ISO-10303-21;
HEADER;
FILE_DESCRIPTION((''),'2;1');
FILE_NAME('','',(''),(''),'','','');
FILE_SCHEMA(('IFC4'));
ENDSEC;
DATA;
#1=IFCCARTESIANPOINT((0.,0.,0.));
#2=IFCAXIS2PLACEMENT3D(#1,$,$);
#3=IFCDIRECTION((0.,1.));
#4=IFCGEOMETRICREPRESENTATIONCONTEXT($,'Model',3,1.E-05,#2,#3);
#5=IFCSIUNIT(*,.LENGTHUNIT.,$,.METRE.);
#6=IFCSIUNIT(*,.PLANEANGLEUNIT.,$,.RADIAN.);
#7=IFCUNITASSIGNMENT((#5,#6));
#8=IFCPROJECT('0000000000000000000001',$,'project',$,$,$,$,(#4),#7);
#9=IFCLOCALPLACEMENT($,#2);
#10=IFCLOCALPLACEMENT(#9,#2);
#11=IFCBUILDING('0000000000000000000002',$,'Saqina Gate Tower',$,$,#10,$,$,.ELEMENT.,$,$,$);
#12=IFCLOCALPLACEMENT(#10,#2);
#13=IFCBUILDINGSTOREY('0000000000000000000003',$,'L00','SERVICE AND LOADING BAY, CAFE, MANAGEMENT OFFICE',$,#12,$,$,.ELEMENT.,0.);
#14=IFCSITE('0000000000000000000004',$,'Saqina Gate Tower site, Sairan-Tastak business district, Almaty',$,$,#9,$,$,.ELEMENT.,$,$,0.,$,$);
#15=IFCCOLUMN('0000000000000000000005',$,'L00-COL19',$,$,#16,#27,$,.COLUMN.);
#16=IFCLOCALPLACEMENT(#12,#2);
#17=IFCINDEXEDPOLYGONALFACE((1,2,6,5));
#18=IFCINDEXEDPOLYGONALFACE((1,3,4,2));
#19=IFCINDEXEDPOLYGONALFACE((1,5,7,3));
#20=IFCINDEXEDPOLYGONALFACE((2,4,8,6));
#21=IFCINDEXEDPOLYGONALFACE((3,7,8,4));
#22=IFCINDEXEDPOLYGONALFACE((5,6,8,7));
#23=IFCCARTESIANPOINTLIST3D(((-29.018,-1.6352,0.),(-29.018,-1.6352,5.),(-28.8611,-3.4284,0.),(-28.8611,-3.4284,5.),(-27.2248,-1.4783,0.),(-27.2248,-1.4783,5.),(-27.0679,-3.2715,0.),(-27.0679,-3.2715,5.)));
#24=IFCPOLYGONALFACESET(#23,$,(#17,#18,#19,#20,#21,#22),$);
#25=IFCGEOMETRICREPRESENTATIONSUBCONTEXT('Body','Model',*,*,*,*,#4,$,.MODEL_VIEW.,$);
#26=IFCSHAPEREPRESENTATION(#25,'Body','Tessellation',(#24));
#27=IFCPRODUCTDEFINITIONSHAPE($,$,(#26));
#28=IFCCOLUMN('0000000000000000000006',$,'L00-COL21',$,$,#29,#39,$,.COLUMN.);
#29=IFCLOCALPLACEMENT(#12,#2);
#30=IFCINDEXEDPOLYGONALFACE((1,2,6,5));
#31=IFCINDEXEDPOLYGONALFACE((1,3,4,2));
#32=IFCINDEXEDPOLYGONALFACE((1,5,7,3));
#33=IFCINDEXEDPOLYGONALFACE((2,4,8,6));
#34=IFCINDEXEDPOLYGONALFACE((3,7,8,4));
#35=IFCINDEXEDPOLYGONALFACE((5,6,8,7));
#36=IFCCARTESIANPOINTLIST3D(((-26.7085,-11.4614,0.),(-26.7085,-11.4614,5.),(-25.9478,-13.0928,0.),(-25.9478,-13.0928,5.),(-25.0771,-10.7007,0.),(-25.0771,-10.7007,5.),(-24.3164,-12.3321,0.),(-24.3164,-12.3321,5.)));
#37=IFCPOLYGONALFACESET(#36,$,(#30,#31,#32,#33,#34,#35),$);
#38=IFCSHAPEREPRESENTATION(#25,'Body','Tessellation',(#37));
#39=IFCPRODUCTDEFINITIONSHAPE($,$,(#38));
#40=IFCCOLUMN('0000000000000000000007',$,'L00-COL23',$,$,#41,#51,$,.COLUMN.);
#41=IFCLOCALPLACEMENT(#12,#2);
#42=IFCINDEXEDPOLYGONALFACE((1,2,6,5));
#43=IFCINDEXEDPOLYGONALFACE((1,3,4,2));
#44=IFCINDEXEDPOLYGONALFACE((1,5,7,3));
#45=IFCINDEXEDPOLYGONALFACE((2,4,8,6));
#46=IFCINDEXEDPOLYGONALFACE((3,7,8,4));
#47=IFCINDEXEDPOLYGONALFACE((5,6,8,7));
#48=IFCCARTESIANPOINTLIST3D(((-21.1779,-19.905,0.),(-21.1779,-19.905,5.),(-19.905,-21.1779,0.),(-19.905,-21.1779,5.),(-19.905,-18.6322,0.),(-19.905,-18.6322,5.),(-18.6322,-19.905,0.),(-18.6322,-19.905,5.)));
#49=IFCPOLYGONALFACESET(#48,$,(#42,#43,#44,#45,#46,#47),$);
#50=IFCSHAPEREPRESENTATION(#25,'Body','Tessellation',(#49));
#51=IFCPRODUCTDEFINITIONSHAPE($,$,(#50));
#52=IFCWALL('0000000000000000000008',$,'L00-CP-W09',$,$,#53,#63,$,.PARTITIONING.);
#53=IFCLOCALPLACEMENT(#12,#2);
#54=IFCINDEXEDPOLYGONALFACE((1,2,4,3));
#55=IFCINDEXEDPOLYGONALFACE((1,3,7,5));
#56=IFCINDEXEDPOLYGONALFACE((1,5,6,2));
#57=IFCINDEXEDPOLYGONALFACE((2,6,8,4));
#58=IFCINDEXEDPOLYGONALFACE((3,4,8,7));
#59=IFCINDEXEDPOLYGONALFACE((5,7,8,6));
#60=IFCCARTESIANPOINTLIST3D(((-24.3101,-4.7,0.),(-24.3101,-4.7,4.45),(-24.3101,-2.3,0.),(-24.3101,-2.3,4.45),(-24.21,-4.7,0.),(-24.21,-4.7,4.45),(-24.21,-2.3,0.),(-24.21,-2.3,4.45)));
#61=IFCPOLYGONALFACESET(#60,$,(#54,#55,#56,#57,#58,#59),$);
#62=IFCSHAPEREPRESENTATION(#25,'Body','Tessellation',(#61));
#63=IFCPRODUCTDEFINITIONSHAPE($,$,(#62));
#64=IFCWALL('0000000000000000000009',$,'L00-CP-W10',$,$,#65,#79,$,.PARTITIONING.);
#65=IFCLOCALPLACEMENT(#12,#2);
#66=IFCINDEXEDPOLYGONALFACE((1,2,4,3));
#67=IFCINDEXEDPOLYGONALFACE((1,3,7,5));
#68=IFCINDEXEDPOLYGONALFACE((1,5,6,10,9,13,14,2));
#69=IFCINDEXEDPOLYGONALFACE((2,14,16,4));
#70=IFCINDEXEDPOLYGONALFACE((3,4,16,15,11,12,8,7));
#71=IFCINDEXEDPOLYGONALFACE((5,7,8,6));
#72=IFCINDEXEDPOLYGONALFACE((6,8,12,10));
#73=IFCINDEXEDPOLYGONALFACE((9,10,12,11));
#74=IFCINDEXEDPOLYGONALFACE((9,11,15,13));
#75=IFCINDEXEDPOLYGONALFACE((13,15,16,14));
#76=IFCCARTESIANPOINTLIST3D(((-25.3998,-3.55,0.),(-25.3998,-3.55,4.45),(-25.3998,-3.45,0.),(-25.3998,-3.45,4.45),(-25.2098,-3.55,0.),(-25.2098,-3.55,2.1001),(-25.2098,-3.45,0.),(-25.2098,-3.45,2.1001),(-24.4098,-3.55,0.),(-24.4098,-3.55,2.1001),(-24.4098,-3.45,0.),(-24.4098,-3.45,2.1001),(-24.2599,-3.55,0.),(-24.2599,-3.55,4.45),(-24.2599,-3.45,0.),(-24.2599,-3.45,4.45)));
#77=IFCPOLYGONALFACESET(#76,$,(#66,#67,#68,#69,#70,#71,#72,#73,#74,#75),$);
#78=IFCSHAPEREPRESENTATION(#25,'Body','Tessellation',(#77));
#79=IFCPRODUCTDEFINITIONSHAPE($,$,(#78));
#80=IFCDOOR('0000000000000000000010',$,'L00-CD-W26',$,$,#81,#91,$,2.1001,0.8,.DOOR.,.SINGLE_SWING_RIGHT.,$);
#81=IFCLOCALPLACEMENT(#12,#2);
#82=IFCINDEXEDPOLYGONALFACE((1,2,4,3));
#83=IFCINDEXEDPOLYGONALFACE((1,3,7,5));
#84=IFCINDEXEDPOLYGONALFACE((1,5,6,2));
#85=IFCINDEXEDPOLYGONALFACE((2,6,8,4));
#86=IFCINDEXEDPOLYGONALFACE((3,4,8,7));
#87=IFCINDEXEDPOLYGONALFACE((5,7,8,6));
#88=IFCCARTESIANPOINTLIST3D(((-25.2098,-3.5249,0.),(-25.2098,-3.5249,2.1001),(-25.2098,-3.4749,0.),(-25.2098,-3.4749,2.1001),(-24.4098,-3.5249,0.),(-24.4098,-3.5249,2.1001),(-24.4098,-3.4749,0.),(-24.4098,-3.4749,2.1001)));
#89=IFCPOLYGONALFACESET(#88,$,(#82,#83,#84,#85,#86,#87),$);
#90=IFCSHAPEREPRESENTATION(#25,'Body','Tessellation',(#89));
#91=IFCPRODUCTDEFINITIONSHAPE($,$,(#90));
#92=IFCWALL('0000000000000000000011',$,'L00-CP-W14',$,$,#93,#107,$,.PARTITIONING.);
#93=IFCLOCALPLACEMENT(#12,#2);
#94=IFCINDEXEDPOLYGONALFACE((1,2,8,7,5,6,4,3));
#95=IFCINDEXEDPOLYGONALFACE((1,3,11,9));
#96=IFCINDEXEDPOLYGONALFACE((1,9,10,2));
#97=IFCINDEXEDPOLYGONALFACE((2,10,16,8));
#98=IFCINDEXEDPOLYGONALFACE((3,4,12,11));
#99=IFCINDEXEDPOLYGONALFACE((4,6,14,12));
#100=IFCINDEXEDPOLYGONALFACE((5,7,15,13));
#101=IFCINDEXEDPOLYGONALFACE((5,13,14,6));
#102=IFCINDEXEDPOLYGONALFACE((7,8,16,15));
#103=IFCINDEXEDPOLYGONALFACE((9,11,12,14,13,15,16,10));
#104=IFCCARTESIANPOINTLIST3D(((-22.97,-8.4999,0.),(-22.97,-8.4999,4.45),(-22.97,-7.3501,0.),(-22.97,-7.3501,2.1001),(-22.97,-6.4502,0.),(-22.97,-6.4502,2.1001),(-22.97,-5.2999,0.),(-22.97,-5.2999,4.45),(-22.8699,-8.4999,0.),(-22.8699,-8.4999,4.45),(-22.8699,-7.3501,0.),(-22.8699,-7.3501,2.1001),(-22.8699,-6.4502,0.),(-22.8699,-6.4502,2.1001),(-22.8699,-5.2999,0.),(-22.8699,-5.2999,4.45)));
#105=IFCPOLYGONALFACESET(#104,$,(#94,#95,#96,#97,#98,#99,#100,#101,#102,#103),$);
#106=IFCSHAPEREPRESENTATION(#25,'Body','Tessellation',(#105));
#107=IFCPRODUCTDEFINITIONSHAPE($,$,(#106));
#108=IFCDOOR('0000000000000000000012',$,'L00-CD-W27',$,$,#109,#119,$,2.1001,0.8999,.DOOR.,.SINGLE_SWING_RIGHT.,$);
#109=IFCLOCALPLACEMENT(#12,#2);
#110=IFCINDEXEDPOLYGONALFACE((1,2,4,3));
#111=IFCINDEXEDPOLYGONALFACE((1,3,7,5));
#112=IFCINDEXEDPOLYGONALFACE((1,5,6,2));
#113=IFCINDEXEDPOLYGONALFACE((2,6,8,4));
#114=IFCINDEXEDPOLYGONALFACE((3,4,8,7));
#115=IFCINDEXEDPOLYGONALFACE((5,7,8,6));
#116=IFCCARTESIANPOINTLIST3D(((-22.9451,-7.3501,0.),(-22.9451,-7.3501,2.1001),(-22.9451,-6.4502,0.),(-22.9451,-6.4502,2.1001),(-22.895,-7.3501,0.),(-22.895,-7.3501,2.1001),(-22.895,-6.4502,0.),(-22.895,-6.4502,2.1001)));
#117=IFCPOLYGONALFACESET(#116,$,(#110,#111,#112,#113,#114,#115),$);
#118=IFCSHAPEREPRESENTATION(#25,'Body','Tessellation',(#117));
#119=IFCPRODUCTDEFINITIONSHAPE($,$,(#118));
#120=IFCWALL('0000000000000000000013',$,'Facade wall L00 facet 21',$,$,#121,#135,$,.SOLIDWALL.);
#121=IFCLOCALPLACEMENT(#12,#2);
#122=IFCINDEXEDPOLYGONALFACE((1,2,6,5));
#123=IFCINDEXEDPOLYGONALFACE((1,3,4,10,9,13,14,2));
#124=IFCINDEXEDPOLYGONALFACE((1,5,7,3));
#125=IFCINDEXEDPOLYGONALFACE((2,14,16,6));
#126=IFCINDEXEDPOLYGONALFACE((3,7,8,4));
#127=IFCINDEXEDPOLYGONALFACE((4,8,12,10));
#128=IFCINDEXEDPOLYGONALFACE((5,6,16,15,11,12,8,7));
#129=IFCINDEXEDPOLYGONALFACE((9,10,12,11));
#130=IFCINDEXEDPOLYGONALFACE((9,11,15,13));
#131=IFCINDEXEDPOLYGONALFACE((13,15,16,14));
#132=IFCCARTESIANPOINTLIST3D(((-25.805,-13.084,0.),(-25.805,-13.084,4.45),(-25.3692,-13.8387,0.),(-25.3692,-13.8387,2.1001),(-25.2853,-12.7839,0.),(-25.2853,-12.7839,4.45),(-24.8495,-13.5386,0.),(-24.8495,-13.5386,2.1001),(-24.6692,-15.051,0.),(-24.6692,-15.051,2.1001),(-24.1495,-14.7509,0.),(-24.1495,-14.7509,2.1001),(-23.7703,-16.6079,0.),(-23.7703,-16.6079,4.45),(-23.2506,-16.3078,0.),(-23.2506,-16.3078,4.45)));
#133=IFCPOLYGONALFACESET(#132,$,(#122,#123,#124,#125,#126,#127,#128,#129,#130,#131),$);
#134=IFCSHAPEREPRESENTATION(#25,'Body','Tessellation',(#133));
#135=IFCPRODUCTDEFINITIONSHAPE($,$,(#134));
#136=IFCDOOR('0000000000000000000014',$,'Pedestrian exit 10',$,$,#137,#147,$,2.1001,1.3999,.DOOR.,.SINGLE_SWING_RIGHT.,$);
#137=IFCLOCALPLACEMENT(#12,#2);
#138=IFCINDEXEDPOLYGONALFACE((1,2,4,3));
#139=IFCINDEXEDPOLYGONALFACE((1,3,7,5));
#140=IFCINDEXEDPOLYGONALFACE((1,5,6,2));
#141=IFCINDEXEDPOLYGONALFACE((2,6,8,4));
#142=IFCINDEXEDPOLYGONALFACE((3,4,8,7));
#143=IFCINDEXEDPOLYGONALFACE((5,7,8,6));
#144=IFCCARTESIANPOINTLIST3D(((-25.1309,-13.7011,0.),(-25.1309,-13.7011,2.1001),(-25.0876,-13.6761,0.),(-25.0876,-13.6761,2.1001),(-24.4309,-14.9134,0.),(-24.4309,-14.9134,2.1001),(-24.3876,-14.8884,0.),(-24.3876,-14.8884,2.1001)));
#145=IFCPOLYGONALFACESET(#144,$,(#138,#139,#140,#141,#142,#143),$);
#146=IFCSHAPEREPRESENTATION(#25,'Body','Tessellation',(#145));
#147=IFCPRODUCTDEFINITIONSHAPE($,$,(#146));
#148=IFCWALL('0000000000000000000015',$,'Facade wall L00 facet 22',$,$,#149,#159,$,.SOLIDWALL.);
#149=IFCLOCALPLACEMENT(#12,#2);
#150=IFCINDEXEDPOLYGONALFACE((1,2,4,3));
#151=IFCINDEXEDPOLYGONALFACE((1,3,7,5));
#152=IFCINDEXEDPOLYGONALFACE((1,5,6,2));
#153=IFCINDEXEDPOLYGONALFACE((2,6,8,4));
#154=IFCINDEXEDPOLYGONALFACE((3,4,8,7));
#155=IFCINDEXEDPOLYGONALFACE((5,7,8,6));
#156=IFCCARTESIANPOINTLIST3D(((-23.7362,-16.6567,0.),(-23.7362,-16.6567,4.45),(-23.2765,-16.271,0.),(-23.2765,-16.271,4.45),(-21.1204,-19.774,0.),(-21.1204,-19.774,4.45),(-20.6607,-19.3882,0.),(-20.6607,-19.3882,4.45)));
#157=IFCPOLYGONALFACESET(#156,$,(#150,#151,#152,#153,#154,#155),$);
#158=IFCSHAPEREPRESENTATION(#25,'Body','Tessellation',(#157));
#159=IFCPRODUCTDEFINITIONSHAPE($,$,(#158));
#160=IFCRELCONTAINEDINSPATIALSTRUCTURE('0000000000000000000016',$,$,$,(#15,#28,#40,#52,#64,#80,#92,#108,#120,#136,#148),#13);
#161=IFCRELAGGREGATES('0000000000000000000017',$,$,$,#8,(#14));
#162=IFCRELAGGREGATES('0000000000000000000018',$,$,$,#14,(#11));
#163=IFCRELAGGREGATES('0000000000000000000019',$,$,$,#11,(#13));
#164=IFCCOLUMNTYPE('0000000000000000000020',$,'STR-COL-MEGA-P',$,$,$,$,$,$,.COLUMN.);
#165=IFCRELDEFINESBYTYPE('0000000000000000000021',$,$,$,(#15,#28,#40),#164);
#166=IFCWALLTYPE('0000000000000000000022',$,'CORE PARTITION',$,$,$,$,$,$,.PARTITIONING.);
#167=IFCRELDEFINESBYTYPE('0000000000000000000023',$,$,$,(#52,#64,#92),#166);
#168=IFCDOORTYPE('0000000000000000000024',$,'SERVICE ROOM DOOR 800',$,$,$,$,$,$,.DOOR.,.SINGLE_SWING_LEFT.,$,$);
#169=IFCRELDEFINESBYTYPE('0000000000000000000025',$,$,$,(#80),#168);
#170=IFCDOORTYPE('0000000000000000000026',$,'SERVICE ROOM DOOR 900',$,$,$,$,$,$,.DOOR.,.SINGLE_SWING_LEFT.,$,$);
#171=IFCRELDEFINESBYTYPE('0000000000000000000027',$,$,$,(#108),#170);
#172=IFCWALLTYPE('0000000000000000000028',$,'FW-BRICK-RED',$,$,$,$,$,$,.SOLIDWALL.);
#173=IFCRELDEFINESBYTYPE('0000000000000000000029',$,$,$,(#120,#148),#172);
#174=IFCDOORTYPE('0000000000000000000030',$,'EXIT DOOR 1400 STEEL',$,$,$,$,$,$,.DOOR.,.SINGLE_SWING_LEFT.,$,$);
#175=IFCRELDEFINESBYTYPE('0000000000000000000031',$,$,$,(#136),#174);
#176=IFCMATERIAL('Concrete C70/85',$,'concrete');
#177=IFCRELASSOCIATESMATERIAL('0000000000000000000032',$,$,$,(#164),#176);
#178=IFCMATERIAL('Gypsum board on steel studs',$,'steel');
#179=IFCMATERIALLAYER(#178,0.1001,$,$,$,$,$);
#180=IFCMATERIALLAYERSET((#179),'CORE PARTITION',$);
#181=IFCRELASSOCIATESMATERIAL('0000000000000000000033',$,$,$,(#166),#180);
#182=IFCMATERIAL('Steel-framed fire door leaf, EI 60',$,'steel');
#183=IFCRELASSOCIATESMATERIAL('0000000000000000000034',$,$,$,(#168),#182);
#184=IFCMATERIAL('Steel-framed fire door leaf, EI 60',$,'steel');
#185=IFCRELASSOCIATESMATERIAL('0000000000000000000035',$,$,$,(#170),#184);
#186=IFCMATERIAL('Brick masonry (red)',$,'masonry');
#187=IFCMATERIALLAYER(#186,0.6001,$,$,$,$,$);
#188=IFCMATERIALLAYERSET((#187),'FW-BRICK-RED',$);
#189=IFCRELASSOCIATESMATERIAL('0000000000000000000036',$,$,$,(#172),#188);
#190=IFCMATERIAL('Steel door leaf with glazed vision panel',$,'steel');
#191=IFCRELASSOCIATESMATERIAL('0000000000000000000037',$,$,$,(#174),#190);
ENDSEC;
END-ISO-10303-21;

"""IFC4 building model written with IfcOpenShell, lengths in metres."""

from ifc_helpers import new_model, si_unit, direction, frame, frame_2d, origin, origin_2d, place, context, subcontext, project, spatial, rectangle, extrude, material, layer, layer_set, material_profile, profile_set, type_object, element, fill, save


model = new_model("IFC4")

# Units and contexts
model_context = context("Model", 3, precision=1e-05, world=origin(), true_north=direction((0.0, 1.0)))
body_context = subcontext(model_context, "Body", "Model", "MODEL_VIEW")
ifc_project = project(units=[si_unit("LENGTHUNIT", "METRE"), si_unit("PLANEANGLEUNIT", "RADIAN")], contexts=[model_context])

# Site, building, storey
site_placement = place(None, origin())
site = spatial("IfcSite", under=ifc_project, at=site_placement, Name="Saqina Gate Tower site, Sairan-Tastak business district, Almaty", CompositionType="ELEMENT", RefElevation=0.0)
building_placement = place(site_placement, origin())
building = spatial("IfcBuilding", under=site, at=building_placement, Name="Saqina Gate Tower", CompositionType="ELEMENT")
storey_placement = place(building_placement, origin())
storey = spatial("IfcBuildingStorey", under=building, at=storey_placement, Name="L00", Description="SERVICE AND LOADING BAY, CAFE, MANAGEMENT OFFICE", CompositionType="ELEMENT", Elevation=0.0)

# Columns
ifc_material_1 = material(Name="Concrete C70/85", Category="concrete")
ifc_material_profile = material_profile(ifc_material_1, rectangle(XDim=1.8, YDim=1.8, at=origin_2d()), Name="RC 1800x1800")
ifc_profile_set = profile_set([ifc_material_profile], Name="Concrete C70/85")
column_type = type_object("IfcColumnType", Name="STR-COL-MEGA-P", PredefinedType="COLUMN", material=ifc_profile_set)
for number, where, z_axis, x_axis, name in (
    (1, (-28.043, -2.4534, 0.0), (0.0, 0.0, 1.0), (-0.996195, -0.087156, 0.0), "L00-COL19"),
    (2, (-25.5125, -11.8967, 0.0), (0.0, 0.0, 1.0), (-0.906308, -0.422618, 0.0), "L00-COL21"),
    (3, (-19.905, -19.905, 0.0), (0.0, 0.0, 1.0), (-0.707107, -0.707107, 0.0), "L00-COL23"),
):
    element("IfcColumn", number, at=place(storey_placement, frame(where, z_axis=z_axis, x_axis=x_axis)), inside=storey, type_object=column_type, Name=name, PredefinedType="COLUMN", context=body_context, shape_type="SweptSolid", body=[
        extrude(rectangle(XDim=1.8, YDim=1.8, at=origin_2d()), origin(), (0.0, 0.0, 1.0), 5.0),
    ])

# Wall
ifc_material_2 = material(Name="Gypsum board on steel studs", Category="steel")
ifc_layer_1 = layer(ifc_material_2, 0.1001)
ifc_layer_set_1 = layer_set([ifc_layer_1], Name="CORE PARTITION")
wall_type_1 = type_object("IfcWallType", Name="CORE PARTITION", PredefinedType="PARTITIONING", material=ifc_layer_set_1)
wall_1_placement = place(storey_placement, frame((-24.26, -4.7, 0.0), z_axis=(0.0, 0.0, 1.0), x_axis=(0.0, 1.0, 0.0)))
element("IfcWall", 4, at=wall_1_placement, inside=storey, type_object=wall_type_1, Name="L00-CP-W09", PredefinedType="PARTITIONING", context=body_context, shape_type="SweptSolid", body=[
    extrude(rectangle(XDim=2.3999, YDim=0.1001, at=frame_2d((1.2, 0.0))), origin(), (0.0, 0.0, 1.0), 4.45),
])

# Walls, openings, doors
wall_2_placement = place(storey_placement, frame((-24.26, -3.5, 0.0), z_axis=(0.0, 0.0, 1.0), x_axis=(-1.0, 0.0, 0.0)))
wall_2 = element("IfcWall", 5, at=wall_2_placement, inside=storey, type_object=wall_type_1, Name="L00-CP-W10", PredefinedType="PARTITIONING", context=body_context, shape_type="SweptSolid", body=[
    extrude(rectangle(XDim=1.1399, YDim=0.1001, at=frame_2d((0.5698, 0.0))), origin(), (0.0, 0.0, 1.0), 4.45),
])
opening_1_placement = place(wall_2_placement, frame((0.1499, 0.0, 0.0)))
opening_1 = element("IfcOpeningElement", 6, at=opening_1_placement, cuts=wall_2, PredefinedType="OPENING", context=body_context, shape_type="SweptSolid", body=[
    extrude(rectangle(XDim=0.8, YDim=2.1001, at=frame_2d((0.3999, 1.05))), frame((0.0, 0.062, 0.0), z_axis=(0.0, -1.0, 0.0), x_axis=(1.0, 0.0, 0.0)), (0.0, 0.0, 1.0), 0.124),
])
ifc_material_3 = material(Name="Steel-framed fire door leaf, EI 60", Category="steel")
door_type_1 = type_object("IfcDoorType", Name="SERVICE ROOM DOOR 800", OperationType="SINGLE_SWING_LEFT", PredefinedType="DOOR", material=ifc_material_3)
door_1_placement = place(opening_1_placement, origin())
door_1 = element("IfcDoor", 7, at=door_1_placement, inside=storey, type_object=door_type_1, Name="L00-CD-W26", OperationType="SINGLE_SWING_RIGHT", OverallHeight=2.1001, OverallWidth=0.8, PredefinedType="DOOR", context=body_context, shape_type="SweptSolid", body=[
    extrude(rectangle(XDim=0.8, YDim=2.1001, at=frame_2d((0.3999, 1.05))), frame((0.0, 0.0249, 0.0), z_axis=(0.0, -1.0, 0.0), x_axis=(1.0, 0.0, 0.0)), (0.0, 0.0, 1.0), 0.05),
])
fill(opening_1, door_1)
wall_3_placement = place(storey_placement, frame((-22.9199, -8.5, 0.0), z_axis=(0.0, 0.0, 1.0), x_axis=(0.0, 1.0, 0.0)))
wall_3 = element("IfcWall", 8, at=wall_3_placement, inside=storey, type_object=wall_type_1, Name="L00-CP-W14", PredefinedType="PARTITIONING", context=body_context, shape_type="SweptSolid", body=[
    extrude(rectangle(XDim=3.2, YDim=0.1001, at=frame_2d((1.6001, 0.0))), origin(), (0.0, 0.0, 1.0), 4.45),
])
opening_2_placement = place(wall_3_placement, frame((1.1499, 0.0, 0.0)))
opening_2 = element("IfcOpeningElement", 9, at=opening_2_placement, cuts=wall_3, PredefinedType="OPENING", context=body_context, shape_type="SweptSolid", body=[
    extrude(rectangle(XDim=0.8999, YDim=2.1001, at=frame_2d((0.45, 1.05))), frame((0.0, 0.062, 0.0), z_axis=(0.0, -1.0, 0.0), x_axis=(1.0, 0.0, 0.0)), (0.0, 0.0, 1.0), 0.124),
])
ifc_material_4 = material(Name="Steel-framed fire door leaf, EI 60", Category="steel")
door_type_2 = type_object("IfcDoorType", Name="SERVICE ROOM DOOR 900", OperationType="SINGLE_SWING_LEFT", PredefinedType="DOOR", material=ifc_material_4)
door_2_placement = place(opening_2_placement, frame((0.8999, 0.0, 0.0), z_axis=(0.0, 0.0, 1.0), x_axis=(-1.0, 0.0, 0.0)))
door_2 = element("IfcDoor", 10, at=door_2_placement, inside=storey, type_object=door_type_2, Name="L00-CD-W27", OperationType="SINGLE_SWING_RIGHT", OverallHeight=2.1001, OverallWidth=0.8999, PredefinedType="DOOR", context=body_context, shape_type="SweptSolid", body=[
    extrude(rectangle(XDim=0.8999, YDim=2.1001, at=frame_2d((0.45, 1.05))), frame((0.0, 0.0249, 0.0), z_axis=(0.0, -1.0, 0.0), x_axis=(1.0, 0.0, 0.0)), (0.0, 0.0, 1.0), 0.05),
])
fill(opening_2, door_2)
ifc_material_5 = material(Name="Brick masonry (red)", Category="masonry")
ifc_layer_2 = layer(ifc_material_5, 0.6001)
ifc_layer_set_2 = layer_set([ifc_layer_2], Name="FW-BRICK-RED")
wall_type_2 = type_object("IfcWallType", Name="FW-BRICK-RED", PredefinedType="SOLIDWALL", material=ifc_layer_set_2)
wall_4_placement = place(storey_placement, frame((-25.5452, -12.9338, 0.0), z_axis=(0.0, 0.0, 1.0), x_axis=(0.500024, -0.866012, 0.0)))
wall_4 = element("IfcWall", 11, at=wall_4_placement, inside=storey, type_object=wall_type_2, Name="Facade wall L00 facet 21", PredefinedType="SOLIDWALL", context=body_context, shape_type="SweptSolid", body=[
    extrude(rectangle(XDim=4.0691, YDim=0.6001, at=frame_2d((2.0347, 0.0))), origin(), (0.0, 0.0, 1.0), 4.45),
])
opening_3_placement = place(wall_4_placement, frame((0.8716, 0.0, 0.0)))
opening_3 = element("IfcOpeningElement", 12, at=opening_3_placement, cuts=wall_4, PredefinedType="OPENING", context=body_context, shape_type="SweptSolid", body=[
    extrude(rectangle(XDim=1.3999, YDim=2.1001, at=frame_2d((0.7, 1.05))), frame((0.0, 0.312, 0.0), z_axis=(0.0, -1.0, 0.0), x_axis=(1.0, 0.0, 0.0)), (0.0, 0.0, 1.0), 0.624),
])
ifc_material_6 = material(Name="Steel door leaf with glazed vision panel", Category="steel")
door_type_3 = type_object("IfcDoorType", Name="EXIT DOOR 1400 STEEL", OperationType="SINGLE_SWING_LEFT", PredefinedType="DOOR", material=ifc_material_6)
door_3_placement = place(opening_3_placement, frame((1.3999, 0.0, 0.0), z_axis=(0.0, 0.0, 1.0), x_axis=(-1.0, 0.0, 0.0)))
door_3 = element("IfcDoor", 13, at=door_3_placement, inside=storey, type_object=door_type_3, Name="Pedestrian exit 10", OperationType="SINGLE_SWING_RIGHT", OverallHeight=2.1001, OverallWidth=1.3999, PredefinedType="DOOR", context=body_context, shape_type="SweptSolid", body=[
    extrude(rectangle(XDim=1.3999, YDim=2.1001, at=frame_2d((0.7, 1.05))), frame((0.0, 0.0249, 0.0), z_axis=(0.0, -1.0, 0.0), x_axis=(1.0, 0.0, 0.0)), (0.0, 0.0, 1.0), 0.05),
])
fill(opening_3, door_3)

# Wall
wall_5_placement = place(storey_placement, frame((-23.5063, -16.4639, 0.0), z_axis=(0.0, 0.0, 1.0), x_axis=(0.642801, -0.766033, 0.0)))
element("IfcWall", 14, at=wall_5_placement, inside=storey, type_object=wall_type_2, Name="Facade wall L00 facet 22", PredefinedType="SOLIDWALL", context=body_context, shape_type="SweptSolid", body=[
    extrude(rectangle(XDim=4.0693, YDim=0.6001, at=frame_2d((2.0347, 0.0))), origin(), (0.0, 0.0, 1.0), 4.45),
])

save(model, "model.ifc")
